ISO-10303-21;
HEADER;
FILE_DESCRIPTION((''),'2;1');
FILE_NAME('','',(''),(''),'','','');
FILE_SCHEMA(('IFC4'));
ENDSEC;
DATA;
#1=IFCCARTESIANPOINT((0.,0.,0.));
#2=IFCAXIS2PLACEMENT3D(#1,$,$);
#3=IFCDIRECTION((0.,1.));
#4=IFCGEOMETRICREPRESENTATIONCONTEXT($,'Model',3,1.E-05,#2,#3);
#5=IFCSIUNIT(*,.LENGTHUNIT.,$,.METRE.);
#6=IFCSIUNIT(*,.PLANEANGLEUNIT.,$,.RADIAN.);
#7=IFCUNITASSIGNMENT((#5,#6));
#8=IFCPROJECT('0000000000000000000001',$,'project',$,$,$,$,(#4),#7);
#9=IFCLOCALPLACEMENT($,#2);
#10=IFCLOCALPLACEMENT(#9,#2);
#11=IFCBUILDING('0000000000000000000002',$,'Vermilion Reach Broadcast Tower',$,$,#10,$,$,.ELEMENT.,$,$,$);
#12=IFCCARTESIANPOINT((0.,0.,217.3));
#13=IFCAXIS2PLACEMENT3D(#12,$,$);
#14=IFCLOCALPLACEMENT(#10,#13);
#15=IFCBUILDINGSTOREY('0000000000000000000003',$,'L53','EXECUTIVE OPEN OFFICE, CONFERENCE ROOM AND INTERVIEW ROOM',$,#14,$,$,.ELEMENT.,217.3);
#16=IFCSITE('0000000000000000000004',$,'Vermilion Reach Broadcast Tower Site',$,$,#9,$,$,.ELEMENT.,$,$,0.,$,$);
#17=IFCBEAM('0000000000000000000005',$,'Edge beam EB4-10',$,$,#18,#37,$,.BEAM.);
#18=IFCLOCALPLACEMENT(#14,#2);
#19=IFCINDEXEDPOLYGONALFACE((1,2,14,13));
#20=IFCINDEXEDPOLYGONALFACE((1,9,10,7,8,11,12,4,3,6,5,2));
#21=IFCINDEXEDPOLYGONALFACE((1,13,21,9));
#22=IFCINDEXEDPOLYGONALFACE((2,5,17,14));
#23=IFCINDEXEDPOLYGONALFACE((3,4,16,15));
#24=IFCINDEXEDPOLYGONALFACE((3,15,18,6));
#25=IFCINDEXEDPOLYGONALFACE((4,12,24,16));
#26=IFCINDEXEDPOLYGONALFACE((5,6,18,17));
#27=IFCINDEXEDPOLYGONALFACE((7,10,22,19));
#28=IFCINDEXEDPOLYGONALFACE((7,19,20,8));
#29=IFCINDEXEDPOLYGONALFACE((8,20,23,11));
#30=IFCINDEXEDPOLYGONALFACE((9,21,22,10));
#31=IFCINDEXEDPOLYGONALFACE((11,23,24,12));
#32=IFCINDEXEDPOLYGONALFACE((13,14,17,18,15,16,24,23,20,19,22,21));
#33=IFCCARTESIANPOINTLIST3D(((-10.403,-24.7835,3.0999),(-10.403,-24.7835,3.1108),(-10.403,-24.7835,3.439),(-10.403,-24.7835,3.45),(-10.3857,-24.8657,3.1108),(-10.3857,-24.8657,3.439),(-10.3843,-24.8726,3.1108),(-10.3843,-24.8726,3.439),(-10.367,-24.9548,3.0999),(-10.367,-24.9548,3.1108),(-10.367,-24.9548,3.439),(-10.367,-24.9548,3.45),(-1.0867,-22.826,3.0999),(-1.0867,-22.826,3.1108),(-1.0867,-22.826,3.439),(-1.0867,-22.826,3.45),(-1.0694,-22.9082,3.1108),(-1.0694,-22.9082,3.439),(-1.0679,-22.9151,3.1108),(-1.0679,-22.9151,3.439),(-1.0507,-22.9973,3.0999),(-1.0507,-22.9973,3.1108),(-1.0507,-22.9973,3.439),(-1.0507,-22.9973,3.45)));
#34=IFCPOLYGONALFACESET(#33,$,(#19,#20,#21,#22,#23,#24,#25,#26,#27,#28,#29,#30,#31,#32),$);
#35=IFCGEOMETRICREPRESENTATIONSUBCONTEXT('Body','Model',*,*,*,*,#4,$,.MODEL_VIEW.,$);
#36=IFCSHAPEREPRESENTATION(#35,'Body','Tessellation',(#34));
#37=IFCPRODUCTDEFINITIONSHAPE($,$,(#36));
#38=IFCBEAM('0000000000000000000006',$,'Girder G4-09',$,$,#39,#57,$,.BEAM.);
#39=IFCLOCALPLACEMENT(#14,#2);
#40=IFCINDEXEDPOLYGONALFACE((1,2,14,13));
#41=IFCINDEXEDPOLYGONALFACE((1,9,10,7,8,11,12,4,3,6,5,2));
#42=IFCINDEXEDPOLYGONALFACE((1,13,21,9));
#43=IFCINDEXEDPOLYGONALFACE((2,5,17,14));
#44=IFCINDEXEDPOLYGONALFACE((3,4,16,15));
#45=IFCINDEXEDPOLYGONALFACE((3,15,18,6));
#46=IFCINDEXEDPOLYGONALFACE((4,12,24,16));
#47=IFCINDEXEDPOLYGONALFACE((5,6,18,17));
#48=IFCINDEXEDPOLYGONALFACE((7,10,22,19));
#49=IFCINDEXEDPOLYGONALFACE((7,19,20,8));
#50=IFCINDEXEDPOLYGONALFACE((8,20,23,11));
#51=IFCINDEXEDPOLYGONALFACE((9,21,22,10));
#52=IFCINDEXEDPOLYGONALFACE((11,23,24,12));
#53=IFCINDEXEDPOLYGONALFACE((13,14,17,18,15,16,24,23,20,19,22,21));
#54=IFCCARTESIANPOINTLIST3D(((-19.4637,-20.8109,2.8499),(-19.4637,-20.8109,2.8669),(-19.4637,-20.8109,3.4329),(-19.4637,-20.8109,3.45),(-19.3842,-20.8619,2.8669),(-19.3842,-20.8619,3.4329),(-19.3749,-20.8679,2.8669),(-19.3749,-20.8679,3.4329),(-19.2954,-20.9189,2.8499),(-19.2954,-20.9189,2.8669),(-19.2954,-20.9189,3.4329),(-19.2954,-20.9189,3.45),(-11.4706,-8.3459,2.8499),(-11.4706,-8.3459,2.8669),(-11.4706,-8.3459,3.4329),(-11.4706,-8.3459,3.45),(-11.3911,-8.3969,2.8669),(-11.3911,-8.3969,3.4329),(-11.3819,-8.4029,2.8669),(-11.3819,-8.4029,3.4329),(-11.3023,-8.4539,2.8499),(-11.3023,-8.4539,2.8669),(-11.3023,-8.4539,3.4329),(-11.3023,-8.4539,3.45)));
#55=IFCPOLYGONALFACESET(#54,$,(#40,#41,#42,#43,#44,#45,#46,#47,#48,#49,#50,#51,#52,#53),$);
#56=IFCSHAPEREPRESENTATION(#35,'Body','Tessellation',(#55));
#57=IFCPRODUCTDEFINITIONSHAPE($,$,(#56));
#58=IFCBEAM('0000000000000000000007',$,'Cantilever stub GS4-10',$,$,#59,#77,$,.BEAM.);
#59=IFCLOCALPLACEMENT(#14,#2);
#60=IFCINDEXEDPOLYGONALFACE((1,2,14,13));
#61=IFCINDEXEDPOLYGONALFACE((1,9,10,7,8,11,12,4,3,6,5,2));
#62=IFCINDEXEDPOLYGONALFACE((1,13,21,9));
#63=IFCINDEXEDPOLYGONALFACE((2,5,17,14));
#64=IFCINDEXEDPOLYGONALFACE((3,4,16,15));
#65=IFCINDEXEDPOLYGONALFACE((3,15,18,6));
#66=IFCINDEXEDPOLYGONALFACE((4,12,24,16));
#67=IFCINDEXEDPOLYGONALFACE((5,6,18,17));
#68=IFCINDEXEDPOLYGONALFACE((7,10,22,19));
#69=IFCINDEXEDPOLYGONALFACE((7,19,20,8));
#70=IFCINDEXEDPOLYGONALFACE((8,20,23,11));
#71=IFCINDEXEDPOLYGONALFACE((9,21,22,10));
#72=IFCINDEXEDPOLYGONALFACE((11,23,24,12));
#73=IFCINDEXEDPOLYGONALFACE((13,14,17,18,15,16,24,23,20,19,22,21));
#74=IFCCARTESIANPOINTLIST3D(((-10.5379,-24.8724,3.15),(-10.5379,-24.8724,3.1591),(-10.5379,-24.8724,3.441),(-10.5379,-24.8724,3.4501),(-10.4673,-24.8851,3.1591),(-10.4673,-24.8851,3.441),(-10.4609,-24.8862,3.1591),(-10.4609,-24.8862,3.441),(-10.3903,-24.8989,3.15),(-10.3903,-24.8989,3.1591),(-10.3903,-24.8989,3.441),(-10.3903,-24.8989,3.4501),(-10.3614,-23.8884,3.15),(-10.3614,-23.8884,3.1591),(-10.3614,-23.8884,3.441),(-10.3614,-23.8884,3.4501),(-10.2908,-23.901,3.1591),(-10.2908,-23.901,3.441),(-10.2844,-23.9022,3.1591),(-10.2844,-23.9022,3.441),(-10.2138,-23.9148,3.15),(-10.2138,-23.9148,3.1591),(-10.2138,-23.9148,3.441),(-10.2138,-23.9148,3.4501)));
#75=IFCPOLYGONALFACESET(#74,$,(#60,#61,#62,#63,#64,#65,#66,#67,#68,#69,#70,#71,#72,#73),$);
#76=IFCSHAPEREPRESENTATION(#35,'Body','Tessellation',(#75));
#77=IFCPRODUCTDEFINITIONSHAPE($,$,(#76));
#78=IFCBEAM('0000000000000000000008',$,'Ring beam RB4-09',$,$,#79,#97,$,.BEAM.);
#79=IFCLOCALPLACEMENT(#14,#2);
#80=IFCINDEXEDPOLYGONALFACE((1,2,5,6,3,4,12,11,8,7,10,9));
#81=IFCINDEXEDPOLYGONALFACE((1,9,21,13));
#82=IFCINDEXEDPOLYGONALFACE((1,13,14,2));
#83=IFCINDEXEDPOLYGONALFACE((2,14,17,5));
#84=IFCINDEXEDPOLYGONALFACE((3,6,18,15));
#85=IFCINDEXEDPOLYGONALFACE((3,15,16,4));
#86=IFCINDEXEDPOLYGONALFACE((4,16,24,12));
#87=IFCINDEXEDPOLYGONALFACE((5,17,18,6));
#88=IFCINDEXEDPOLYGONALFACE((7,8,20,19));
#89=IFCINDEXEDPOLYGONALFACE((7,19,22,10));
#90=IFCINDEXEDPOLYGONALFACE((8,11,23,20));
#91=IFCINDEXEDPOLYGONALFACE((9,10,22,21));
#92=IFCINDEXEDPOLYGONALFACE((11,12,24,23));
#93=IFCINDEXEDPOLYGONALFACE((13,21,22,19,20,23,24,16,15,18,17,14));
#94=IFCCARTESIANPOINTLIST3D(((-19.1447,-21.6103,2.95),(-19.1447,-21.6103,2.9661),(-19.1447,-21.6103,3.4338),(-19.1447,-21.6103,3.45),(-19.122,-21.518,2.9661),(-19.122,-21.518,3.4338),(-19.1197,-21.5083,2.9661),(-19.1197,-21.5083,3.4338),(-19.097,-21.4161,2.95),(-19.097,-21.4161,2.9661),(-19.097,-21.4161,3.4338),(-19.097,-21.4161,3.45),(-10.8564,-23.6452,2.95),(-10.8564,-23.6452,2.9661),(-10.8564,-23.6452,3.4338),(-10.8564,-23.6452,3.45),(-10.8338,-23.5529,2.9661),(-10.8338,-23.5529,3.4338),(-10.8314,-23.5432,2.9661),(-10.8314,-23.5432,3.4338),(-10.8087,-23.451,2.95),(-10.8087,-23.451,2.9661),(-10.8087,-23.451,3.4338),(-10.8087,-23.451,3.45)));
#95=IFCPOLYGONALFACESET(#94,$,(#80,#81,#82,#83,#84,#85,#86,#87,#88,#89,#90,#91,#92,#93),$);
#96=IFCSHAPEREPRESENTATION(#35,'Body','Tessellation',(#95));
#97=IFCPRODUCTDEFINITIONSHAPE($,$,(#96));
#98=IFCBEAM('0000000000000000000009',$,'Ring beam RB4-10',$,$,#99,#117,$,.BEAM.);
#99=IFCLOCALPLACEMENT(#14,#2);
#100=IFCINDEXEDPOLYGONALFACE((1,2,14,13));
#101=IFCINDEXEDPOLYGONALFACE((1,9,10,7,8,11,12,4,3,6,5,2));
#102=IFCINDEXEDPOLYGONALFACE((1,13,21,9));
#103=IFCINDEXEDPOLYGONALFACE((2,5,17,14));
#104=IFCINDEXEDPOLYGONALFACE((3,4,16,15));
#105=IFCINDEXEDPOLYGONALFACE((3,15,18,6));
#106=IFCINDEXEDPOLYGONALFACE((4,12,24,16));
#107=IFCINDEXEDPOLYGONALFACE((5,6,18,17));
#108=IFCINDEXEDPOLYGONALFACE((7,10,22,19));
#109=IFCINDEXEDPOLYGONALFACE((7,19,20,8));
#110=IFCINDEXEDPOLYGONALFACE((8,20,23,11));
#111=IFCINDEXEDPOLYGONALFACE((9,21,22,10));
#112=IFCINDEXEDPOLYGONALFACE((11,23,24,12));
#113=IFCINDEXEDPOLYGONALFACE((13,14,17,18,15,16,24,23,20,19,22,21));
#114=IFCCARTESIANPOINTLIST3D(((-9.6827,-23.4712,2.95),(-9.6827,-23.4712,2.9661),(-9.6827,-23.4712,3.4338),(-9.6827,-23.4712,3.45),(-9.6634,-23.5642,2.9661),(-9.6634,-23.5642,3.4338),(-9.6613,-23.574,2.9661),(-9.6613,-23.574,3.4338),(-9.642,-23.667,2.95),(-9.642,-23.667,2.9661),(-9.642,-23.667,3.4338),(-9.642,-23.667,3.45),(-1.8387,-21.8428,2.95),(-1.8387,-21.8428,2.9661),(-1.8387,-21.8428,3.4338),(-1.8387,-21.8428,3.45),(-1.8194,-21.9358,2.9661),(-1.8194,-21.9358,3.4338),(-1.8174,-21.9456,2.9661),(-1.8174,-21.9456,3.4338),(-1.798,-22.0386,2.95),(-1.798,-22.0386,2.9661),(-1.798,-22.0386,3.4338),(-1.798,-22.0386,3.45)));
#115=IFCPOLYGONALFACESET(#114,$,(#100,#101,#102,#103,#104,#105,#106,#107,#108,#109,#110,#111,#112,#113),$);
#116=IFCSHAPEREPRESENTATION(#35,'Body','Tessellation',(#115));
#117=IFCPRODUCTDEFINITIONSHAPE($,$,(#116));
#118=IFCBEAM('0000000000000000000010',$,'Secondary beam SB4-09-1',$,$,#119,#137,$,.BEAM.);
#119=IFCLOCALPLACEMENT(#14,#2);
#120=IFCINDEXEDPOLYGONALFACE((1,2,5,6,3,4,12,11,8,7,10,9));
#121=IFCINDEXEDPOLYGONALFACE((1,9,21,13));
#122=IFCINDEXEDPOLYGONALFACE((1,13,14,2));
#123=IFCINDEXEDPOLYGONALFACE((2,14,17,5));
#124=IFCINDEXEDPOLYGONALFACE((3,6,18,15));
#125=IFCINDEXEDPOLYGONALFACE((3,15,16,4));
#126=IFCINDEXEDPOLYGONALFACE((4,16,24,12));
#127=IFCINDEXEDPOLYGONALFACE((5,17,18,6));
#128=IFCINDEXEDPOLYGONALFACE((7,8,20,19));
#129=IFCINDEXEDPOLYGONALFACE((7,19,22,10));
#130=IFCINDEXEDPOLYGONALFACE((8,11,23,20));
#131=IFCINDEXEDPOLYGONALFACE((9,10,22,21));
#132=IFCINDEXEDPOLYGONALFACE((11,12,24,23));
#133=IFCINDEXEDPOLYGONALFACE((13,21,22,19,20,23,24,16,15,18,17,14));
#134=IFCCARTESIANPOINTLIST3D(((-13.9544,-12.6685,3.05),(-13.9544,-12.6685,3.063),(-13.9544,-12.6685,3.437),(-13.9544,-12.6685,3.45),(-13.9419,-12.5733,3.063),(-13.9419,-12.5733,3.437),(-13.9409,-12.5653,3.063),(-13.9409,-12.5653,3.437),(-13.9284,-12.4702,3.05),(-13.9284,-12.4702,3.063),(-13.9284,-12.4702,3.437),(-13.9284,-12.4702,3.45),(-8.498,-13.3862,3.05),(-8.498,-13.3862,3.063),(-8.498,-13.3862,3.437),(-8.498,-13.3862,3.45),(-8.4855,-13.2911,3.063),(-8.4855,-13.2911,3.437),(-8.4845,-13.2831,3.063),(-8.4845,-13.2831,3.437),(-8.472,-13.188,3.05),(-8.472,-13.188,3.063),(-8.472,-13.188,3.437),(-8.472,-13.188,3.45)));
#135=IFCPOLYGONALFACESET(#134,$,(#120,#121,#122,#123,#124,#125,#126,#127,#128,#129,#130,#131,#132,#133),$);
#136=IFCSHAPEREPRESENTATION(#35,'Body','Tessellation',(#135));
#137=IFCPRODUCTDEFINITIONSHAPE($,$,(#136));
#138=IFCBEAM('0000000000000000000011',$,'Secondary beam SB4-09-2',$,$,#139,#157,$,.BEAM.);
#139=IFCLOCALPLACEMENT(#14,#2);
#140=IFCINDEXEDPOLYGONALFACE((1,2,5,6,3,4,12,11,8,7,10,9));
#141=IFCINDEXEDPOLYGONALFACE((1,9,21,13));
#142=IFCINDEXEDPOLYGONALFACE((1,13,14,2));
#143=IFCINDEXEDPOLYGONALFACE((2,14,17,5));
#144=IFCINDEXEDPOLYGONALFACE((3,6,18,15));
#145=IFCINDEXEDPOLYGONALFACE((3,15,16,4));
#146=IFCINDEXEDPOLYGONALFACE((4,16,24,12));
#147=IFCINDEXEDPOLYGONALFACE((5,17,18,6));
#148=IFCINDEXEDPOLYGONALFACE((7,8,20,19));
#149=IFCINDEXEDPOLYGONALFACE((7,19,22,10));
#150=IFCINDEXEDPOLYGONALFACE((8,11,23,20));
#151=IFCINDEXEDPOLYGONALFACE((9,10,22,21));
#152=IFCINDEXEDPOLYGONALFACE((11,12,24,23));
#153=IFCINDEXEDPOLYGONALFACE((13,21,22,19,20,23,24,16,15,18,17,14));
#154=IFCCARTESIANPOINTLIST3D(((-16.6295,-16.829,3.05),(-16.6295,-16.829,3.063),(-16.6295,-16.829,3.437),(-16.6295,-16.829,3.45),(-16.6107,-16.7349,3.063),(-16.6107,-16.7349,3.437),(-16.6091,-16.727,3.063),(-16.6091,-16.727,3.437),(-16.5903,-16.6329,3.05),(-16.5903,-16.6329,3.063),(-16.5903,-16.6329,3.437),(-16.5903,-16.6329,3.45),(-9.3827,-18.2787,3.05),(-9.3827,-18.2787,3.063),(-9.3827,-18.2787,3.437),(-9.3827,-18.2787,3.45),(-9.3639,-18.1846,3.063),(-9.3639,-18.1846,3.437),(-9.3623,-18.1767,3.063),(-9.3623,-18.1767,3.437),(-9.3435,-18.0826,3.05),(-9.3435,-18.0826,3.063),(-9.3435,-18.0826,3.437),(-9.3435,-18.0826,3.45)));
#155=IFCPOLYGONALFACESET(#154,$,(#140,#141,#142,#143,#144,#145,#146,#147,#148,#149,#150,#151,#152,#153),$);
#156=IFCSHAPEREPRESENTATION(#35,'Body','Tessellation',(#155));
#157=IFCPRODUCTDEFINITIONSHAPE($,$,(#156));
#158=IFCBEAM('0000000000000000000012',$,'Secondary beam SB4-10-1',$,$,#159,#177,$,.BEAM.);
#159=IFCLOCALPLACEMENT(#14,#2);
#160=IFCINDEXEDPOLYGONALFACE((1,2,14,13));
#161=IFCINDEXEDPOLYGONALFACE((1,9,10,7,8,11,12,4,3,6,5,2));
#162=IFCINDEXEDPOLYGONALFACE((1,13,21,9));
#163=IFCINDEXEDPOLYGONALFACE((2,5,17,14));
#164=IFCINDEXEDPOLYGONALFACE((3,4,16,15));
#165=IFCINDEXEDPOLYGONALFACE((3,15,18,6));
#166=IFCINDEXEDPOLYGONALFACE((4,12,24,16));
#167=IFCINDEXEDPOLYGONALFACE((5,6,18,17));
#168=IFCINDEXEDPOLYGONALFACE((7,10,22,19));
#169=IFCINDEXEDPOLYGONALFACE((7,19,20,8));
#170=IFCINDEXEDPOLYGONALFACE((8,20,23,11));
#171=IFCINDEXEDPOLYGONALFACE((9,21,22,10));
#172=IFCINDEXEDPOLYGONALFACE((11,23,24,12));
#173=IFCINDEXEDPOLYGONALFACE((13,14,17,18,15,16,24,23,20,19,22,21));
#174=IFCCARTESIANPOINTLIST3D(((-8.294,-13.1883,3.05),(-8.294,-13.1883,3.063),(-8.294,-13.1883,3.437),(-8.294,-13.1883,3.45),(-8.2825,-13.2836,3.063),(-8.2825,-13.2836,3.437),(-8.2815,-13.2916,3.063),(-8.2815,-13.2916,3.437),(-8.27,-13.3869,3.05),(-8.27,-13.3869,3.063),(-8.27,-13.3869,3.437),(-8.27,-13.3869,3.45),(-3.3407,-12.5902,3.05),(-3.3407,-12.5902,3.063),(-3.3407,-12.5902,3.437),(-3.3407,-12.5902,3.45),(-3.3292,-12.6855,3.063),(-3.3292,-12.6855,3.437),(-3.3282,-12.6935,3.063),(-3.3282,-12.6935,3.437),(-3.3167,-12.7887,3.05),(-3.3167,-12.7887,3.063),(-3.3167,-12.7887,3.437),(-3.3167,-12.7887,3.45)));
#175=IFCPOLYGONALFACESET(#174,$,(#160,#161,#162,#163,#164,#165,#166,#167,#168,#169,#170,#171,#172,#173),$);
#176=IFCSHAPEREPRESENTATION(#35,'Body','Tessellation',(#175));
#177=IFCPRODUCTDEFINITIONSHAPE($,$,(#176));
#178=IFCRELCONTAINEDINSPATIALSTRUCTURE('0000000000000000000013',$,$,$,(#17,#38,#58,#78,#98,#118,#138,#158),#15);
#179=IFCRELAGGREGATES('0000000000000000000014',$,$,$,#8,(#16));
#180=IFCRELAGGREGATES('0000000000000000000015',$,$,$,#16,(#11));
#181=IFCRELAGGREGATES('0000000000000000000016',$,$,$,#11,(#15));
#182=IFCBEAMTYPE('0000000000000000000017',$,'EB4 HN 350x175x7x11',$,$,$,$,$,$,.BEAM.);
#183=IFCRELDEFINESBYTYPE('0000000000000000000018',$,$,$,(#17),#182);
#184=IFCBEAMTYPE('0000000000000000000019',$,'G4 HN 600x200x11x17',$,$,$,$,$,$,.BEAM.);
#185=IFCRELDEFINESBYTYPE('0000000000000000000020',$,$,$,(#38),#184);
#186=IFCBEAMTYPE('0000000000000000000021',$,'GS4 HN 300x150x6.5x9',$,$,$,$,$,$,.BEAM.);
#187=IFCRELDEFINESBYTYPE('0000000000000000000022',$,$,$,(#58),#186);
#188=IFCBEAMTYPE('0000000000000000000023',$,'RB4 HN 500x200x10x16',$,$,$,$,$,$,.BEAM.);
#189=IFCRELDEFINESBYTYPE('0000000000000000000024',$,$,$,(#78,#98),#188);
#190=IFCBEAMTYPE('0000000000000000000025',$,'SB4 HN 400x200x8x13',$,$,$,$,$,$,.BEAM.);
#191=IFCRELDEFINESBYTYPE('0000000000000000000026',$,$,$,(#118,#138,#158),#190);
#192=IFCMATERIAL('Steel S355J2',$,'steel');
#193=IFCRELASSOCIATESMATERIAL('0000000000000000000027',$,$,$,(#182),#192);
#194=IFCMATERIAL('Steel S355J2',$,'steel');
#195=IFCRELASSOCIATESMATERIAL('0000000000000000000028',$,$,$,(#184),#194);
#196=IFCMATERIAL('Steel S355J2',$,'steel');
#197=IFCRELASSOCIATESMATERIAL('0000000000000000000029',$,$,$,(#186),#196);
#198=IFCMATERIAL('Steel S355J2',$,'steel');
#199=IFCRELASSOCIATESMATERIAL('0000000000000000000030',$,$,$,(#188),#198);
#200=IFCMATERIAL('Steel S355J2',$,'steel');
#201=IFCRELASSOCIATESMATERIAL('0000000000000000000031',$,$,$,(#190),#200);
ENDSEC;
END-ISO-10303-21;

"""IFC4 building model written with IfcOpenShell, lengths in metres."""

from ifc_helpers import new_model, si_unit, direction, frame, origin, origin_2d, place, context, subcontext, project, spatial, i_section, extrude, material, material_profile, profile_set, type_object, element, save


model = new_model("IFC4")

# Units and contexts
model_context = context("Model", 3, precision=1e-05, world=origin(), true_north=direction((0.0, 1.0)))
body_context = subcontext(model_context, "Body", "Model", "MODEL_VIEW")
ifc_project = project(units=[si_unit("LENGTHUNIT", "METRE"), si_unit("PLANEANGLEUNIT", "RADIAN")], contexts=[model_context])

# Site, building, storey
site_placement = place(None, origin())
site = spatial("IfcSite", under=ifc_project, at=site_placement, Name="Vermilion Reach Broadcast Tower Site", CompositionType="ELEMENT", RefElevation=0.0)
building_placement = place(site_placement, origin())
building = spatial("IfcBuilding", under=site, at=building_placement, Name="Vermilion Reach Broadcast Tower", CompositionType="ELEMENT")
storey_placement = place(building_placement, frame((0.0, 0.0, 217.3)))
storey = spatial("IfcBuildingStorey", under=building, at=storey_placement, Name="L53", Description="EXECUTIVE OPEN OFFICE, CONFERENCE ROOM AND INTERVIEW ROOM", CompositionType="ELEMENT", Elevation=217.3)

# Beams
ifc_material_1 = material(Name="Steel S355J2", Category="steel")
ifc_material_profile_1 = material_profile(ifc_material_1, i_section(OverallWidth=0.175, OverallDepth=0.3501, WebThickness=0.0071, FlangeThickness=0.011, at=origin_2d()), Name="S355J2 HN 350x175x7x11")
ifc_profile_set_1 = profile_set([ifc_material_profile_1], Name="Steel S355J2")
beam_type_1 = type_object("IfcBeamType", Name="EB4 HN 350x175x7x11", PredefinedType="BEAM", material=ifc_profile_set_1)
beam_1_placement = place(storey_placement, frame((-10.385, -24.8691, 3.2749), z_axis=(0.978631, 0.205625, 0.0), x_axis=(-0.205625, 0.978631, 0.0)))
element("IfcBeam", 1, at=beam_1_placement, inside=storey, type_object=beam_type_1, Name="Edge beam EB4-10", PredefinedType="BEAM", context=body_context, shape_type="SweptSolid", body=[
    extrude(i_section(OverallWidth=0.175, OverallDepth=0.3501, WebThickness=0.0071, FlangeThickness=0.011, at=origin_2d()), origin(), (0.0, 0.0, 1.0), 9.5198),
])
ifc_material_2 = material(Name="Steel S355J2", Category="steel")
ifc_material_profile_2 = material_profile(ifc_material_2, i_section(OverallWidth=0.2, OverallDepth=0.6001, WebThickness=0.011, FlangeThickness=0.0171, at=origin_2d()), Name="S355J2 HN 600x200x11x17")
ifc_profile_set_2 = profile_set([ifc_material_profile_2], Name="Steel S355J2")
beam_type_2 = type_object("IfcBeamType", Name="G4 HN 600x200x11x17", PredefinedType="BEAM", material=ifc_profile_set_2)
beam_2_placement = place(storey_placement, frame((-11.3865, -8.3999, 3.1499), z_axis=(-0.539796, -0.841796, 0.0), x_axis=(0.841796, -0.539796, 0.0)))
element("IfcBeam", 2, at=beam_2_placement, inside=storey, type_object=beam_type_2, Name="Girder G4-09", PredefinedType="BEAM", context=body_context, shape_type="SweptSolid", body=[
    extrude(i_section(OverallWidth=0.2, OverallDepth=0.6001, WebThickness=0.011, FlangeThickness=0.0171, at=origin_2d()), origin(), (0.0, 0.0, 1.0), 14.8076),
])
ifc_material_3 = material(Name="Steel S355J2", Category="steel")
ifc_material_profile_3 = material_profile(ifc_material_3, i_section(OverallWidth=0.1499, OverallDepth=0.3, WebThickness=0.0066, FlangeThickness=0.009, at=origin_2d()), Name="S355J2 HN 300x150x6.5x9")
ifc_profile_set_3 = profile_set([ifc_material_profile_3], Name="Steel S355J2")
beam_type_3 = type_object("IfcBeamType", Name="GS4 HN 300x150x6.5x9", PredefinedType="BEAM", material=ifc_profile_set_3)
beam_3_placement = place(storey_placement, frame((-10.2876, -23.9016, 3.3), z_axis=(-0.176543, -0.984293, 0.0), x_axis=(0.984293, -0.176543, 0.0)))
element("IfcBeam", 3, at=beam_3_placement, inside=storey, type_object=beam_type_3, Name="Cantilever stub GS4-10", PredefinedType="BEAM", context=body_context, shape_type="SweptSolid", body=[
    extrude(i_section(OverallWidth=0.1499, OverallDepth=0.3, WebThickness=0.0066, FlangeThickness=0.009, at=origin_2d()), origin(), (0.0, 0.0, 1.0), 0.9998),
])
ifc_material_4 = material(Name="Steel S355J2", Category="steel")
ifc_material_profile_4 = material_profile(ifc_material_4, i_section(OverallWidth=0.2, OverallDepth=0.5, WebThickness=0.01, FlangeThickness=0.0161, at=origin_2d()), Name="S355J2 HN 500x200x10x16")
ifc_profile_set_4 = profile_set([ifc_material_profile_4], Name="Steel S355J2")
beam_type_4 = type_object("IfcBeamType", Name="RB4 HN 500x200x10x16", PredefinedType="BEAM", material=ifc_profile_set_4)
beam_4_placement = place(storey_placement, frame((-19.1208, -21.5132, 3.2), z_axis=(0.971159, -0.238434, 0.0), x_axis=(0.238434, 0.971159, 0.0)))
element("IfcBeam", 4, at=beam_4_placement, inside=storey, type_object=beam_type_4, Name="Ring beam RB4-09", PredefinedType="BEAM", context=body_context, shape_type="SweptSolid", body=[
    extrude(i_section(OverallWidth=0.2, OverallDepth=0.5, WebThickness=0.01, FlangeThickness=0.0161, at=origin_2d()), origin(), (0.0, 0.0, 1.0), 8.5344),
])
beam_5_placement = place(storey_placement, frame((-9.6624, -23.5691, 3.2), z_axis=(0.979123, 0.203267, 0.0), x_axis=(-0.203267, 0.979123, 0.0)))
element("IfcBeam", 5, at=beam_5_placement, inside=storey, type_object=beam_type_4, Name="Ring beam RB4-10", PredefinedType="BEAM", context=body_context, shape_type="SweptSolid", body=[
    extrude(i_section(OverallWidth=0.2, OverallDepth=0.5, WebThickness=0.01, FlangeThickness=0.0161, at=origin_2d()), origin(), (0.0, 0.0, 1.0), 8.0112),
])
ifc_material_5 = material(Name="Steel S355J2", Category="steel")
ifc_material_profile_5 = material_profile(ifc_material_5, i_section(OverallWidth=0.2, OverallDepth=0.3999, WebThickness=0.0081, FlangeThickness=0.0129, at=origin_2d()), Name="S355J2 HN 400x200x8x13")
ifc_profile_set_5 = profile_set([ifc_material_profile_5], Name="Steel S355J2")
beam_type_5 = type_object("IfcBeamType", Name="SB4 HN 400x200x8x13", PredefinedType="BEAM", material=ifc_profile_set_5)
beam_6_placement = place(storey_placement, frame((-13.9414, -12.5693, 3.25), z_axis=(0.991458, -0.130426, 0.0), x_axis=(0.130426, 0.991458, 0.0)))
element("IfcBeam", 6, at=beam_6_placement, inside=storey, type_object=beam_type_5, Name="Secondary beam SB4-09-1", PredefinedType="BEAM", context=body_context, shape_type="SweptSolid", body=[
    extrude(i_section(OverallWidth=0.2, OverallDepth=0.3999, WebThickness=0.0081, FlangeThickness=0.0129, at=origin_2d()), origin(), (0.0, 0.0, 1.0), 5.5034),
])
beam_7_placement = place(storey_placement, frame((-16.6099, -16.731, 3.25), z_axis=(0.980572, -0.196161, 0.0), x_axis=(0.196161, 0.980572, 0.0)))
element("IfcBeam", 7, at=beam_7_placement, inside=storey, type_object=beam_type_5, Name="Secondary beam SB4-09-2", PredefinedType="BEAM", context=body_context, shape_type="SweptSolid", body=[
    extrude(i_section(OverallWidth=0.2, OverallDepth=0.3999, WebThickness=0.0081, FlangeThickness=0.0129, at=origin_2d()), origin(), (0.0, 0.0, 1.0), 7.3904),
])
beam_8_placement = place(storey_placement, frame((-8.282, -13.2876, 3.25), z_axis=(0.992788, 0.119884, 0.0), x_axis=(-0.119884, 0.992788, 0.0)))
element("IfcBeam", 8, at=beam_8_placement, inside=storey, type_object=beam_type_5, Name="Secondary beam SB4-10-1", PredefinedType="BEAM", context=body_context, shape_type="SweptSolid", body=[
    extrude(i_section(OverallWidth=0.2, OverallDepth=0.3999, WebThickness=0.0081, FlangeThickness=0.0129, at=origin_2d()), origin(), (0.0, 0.0, 1.0), 4.9893),
])

save(model, "model.ifc")
